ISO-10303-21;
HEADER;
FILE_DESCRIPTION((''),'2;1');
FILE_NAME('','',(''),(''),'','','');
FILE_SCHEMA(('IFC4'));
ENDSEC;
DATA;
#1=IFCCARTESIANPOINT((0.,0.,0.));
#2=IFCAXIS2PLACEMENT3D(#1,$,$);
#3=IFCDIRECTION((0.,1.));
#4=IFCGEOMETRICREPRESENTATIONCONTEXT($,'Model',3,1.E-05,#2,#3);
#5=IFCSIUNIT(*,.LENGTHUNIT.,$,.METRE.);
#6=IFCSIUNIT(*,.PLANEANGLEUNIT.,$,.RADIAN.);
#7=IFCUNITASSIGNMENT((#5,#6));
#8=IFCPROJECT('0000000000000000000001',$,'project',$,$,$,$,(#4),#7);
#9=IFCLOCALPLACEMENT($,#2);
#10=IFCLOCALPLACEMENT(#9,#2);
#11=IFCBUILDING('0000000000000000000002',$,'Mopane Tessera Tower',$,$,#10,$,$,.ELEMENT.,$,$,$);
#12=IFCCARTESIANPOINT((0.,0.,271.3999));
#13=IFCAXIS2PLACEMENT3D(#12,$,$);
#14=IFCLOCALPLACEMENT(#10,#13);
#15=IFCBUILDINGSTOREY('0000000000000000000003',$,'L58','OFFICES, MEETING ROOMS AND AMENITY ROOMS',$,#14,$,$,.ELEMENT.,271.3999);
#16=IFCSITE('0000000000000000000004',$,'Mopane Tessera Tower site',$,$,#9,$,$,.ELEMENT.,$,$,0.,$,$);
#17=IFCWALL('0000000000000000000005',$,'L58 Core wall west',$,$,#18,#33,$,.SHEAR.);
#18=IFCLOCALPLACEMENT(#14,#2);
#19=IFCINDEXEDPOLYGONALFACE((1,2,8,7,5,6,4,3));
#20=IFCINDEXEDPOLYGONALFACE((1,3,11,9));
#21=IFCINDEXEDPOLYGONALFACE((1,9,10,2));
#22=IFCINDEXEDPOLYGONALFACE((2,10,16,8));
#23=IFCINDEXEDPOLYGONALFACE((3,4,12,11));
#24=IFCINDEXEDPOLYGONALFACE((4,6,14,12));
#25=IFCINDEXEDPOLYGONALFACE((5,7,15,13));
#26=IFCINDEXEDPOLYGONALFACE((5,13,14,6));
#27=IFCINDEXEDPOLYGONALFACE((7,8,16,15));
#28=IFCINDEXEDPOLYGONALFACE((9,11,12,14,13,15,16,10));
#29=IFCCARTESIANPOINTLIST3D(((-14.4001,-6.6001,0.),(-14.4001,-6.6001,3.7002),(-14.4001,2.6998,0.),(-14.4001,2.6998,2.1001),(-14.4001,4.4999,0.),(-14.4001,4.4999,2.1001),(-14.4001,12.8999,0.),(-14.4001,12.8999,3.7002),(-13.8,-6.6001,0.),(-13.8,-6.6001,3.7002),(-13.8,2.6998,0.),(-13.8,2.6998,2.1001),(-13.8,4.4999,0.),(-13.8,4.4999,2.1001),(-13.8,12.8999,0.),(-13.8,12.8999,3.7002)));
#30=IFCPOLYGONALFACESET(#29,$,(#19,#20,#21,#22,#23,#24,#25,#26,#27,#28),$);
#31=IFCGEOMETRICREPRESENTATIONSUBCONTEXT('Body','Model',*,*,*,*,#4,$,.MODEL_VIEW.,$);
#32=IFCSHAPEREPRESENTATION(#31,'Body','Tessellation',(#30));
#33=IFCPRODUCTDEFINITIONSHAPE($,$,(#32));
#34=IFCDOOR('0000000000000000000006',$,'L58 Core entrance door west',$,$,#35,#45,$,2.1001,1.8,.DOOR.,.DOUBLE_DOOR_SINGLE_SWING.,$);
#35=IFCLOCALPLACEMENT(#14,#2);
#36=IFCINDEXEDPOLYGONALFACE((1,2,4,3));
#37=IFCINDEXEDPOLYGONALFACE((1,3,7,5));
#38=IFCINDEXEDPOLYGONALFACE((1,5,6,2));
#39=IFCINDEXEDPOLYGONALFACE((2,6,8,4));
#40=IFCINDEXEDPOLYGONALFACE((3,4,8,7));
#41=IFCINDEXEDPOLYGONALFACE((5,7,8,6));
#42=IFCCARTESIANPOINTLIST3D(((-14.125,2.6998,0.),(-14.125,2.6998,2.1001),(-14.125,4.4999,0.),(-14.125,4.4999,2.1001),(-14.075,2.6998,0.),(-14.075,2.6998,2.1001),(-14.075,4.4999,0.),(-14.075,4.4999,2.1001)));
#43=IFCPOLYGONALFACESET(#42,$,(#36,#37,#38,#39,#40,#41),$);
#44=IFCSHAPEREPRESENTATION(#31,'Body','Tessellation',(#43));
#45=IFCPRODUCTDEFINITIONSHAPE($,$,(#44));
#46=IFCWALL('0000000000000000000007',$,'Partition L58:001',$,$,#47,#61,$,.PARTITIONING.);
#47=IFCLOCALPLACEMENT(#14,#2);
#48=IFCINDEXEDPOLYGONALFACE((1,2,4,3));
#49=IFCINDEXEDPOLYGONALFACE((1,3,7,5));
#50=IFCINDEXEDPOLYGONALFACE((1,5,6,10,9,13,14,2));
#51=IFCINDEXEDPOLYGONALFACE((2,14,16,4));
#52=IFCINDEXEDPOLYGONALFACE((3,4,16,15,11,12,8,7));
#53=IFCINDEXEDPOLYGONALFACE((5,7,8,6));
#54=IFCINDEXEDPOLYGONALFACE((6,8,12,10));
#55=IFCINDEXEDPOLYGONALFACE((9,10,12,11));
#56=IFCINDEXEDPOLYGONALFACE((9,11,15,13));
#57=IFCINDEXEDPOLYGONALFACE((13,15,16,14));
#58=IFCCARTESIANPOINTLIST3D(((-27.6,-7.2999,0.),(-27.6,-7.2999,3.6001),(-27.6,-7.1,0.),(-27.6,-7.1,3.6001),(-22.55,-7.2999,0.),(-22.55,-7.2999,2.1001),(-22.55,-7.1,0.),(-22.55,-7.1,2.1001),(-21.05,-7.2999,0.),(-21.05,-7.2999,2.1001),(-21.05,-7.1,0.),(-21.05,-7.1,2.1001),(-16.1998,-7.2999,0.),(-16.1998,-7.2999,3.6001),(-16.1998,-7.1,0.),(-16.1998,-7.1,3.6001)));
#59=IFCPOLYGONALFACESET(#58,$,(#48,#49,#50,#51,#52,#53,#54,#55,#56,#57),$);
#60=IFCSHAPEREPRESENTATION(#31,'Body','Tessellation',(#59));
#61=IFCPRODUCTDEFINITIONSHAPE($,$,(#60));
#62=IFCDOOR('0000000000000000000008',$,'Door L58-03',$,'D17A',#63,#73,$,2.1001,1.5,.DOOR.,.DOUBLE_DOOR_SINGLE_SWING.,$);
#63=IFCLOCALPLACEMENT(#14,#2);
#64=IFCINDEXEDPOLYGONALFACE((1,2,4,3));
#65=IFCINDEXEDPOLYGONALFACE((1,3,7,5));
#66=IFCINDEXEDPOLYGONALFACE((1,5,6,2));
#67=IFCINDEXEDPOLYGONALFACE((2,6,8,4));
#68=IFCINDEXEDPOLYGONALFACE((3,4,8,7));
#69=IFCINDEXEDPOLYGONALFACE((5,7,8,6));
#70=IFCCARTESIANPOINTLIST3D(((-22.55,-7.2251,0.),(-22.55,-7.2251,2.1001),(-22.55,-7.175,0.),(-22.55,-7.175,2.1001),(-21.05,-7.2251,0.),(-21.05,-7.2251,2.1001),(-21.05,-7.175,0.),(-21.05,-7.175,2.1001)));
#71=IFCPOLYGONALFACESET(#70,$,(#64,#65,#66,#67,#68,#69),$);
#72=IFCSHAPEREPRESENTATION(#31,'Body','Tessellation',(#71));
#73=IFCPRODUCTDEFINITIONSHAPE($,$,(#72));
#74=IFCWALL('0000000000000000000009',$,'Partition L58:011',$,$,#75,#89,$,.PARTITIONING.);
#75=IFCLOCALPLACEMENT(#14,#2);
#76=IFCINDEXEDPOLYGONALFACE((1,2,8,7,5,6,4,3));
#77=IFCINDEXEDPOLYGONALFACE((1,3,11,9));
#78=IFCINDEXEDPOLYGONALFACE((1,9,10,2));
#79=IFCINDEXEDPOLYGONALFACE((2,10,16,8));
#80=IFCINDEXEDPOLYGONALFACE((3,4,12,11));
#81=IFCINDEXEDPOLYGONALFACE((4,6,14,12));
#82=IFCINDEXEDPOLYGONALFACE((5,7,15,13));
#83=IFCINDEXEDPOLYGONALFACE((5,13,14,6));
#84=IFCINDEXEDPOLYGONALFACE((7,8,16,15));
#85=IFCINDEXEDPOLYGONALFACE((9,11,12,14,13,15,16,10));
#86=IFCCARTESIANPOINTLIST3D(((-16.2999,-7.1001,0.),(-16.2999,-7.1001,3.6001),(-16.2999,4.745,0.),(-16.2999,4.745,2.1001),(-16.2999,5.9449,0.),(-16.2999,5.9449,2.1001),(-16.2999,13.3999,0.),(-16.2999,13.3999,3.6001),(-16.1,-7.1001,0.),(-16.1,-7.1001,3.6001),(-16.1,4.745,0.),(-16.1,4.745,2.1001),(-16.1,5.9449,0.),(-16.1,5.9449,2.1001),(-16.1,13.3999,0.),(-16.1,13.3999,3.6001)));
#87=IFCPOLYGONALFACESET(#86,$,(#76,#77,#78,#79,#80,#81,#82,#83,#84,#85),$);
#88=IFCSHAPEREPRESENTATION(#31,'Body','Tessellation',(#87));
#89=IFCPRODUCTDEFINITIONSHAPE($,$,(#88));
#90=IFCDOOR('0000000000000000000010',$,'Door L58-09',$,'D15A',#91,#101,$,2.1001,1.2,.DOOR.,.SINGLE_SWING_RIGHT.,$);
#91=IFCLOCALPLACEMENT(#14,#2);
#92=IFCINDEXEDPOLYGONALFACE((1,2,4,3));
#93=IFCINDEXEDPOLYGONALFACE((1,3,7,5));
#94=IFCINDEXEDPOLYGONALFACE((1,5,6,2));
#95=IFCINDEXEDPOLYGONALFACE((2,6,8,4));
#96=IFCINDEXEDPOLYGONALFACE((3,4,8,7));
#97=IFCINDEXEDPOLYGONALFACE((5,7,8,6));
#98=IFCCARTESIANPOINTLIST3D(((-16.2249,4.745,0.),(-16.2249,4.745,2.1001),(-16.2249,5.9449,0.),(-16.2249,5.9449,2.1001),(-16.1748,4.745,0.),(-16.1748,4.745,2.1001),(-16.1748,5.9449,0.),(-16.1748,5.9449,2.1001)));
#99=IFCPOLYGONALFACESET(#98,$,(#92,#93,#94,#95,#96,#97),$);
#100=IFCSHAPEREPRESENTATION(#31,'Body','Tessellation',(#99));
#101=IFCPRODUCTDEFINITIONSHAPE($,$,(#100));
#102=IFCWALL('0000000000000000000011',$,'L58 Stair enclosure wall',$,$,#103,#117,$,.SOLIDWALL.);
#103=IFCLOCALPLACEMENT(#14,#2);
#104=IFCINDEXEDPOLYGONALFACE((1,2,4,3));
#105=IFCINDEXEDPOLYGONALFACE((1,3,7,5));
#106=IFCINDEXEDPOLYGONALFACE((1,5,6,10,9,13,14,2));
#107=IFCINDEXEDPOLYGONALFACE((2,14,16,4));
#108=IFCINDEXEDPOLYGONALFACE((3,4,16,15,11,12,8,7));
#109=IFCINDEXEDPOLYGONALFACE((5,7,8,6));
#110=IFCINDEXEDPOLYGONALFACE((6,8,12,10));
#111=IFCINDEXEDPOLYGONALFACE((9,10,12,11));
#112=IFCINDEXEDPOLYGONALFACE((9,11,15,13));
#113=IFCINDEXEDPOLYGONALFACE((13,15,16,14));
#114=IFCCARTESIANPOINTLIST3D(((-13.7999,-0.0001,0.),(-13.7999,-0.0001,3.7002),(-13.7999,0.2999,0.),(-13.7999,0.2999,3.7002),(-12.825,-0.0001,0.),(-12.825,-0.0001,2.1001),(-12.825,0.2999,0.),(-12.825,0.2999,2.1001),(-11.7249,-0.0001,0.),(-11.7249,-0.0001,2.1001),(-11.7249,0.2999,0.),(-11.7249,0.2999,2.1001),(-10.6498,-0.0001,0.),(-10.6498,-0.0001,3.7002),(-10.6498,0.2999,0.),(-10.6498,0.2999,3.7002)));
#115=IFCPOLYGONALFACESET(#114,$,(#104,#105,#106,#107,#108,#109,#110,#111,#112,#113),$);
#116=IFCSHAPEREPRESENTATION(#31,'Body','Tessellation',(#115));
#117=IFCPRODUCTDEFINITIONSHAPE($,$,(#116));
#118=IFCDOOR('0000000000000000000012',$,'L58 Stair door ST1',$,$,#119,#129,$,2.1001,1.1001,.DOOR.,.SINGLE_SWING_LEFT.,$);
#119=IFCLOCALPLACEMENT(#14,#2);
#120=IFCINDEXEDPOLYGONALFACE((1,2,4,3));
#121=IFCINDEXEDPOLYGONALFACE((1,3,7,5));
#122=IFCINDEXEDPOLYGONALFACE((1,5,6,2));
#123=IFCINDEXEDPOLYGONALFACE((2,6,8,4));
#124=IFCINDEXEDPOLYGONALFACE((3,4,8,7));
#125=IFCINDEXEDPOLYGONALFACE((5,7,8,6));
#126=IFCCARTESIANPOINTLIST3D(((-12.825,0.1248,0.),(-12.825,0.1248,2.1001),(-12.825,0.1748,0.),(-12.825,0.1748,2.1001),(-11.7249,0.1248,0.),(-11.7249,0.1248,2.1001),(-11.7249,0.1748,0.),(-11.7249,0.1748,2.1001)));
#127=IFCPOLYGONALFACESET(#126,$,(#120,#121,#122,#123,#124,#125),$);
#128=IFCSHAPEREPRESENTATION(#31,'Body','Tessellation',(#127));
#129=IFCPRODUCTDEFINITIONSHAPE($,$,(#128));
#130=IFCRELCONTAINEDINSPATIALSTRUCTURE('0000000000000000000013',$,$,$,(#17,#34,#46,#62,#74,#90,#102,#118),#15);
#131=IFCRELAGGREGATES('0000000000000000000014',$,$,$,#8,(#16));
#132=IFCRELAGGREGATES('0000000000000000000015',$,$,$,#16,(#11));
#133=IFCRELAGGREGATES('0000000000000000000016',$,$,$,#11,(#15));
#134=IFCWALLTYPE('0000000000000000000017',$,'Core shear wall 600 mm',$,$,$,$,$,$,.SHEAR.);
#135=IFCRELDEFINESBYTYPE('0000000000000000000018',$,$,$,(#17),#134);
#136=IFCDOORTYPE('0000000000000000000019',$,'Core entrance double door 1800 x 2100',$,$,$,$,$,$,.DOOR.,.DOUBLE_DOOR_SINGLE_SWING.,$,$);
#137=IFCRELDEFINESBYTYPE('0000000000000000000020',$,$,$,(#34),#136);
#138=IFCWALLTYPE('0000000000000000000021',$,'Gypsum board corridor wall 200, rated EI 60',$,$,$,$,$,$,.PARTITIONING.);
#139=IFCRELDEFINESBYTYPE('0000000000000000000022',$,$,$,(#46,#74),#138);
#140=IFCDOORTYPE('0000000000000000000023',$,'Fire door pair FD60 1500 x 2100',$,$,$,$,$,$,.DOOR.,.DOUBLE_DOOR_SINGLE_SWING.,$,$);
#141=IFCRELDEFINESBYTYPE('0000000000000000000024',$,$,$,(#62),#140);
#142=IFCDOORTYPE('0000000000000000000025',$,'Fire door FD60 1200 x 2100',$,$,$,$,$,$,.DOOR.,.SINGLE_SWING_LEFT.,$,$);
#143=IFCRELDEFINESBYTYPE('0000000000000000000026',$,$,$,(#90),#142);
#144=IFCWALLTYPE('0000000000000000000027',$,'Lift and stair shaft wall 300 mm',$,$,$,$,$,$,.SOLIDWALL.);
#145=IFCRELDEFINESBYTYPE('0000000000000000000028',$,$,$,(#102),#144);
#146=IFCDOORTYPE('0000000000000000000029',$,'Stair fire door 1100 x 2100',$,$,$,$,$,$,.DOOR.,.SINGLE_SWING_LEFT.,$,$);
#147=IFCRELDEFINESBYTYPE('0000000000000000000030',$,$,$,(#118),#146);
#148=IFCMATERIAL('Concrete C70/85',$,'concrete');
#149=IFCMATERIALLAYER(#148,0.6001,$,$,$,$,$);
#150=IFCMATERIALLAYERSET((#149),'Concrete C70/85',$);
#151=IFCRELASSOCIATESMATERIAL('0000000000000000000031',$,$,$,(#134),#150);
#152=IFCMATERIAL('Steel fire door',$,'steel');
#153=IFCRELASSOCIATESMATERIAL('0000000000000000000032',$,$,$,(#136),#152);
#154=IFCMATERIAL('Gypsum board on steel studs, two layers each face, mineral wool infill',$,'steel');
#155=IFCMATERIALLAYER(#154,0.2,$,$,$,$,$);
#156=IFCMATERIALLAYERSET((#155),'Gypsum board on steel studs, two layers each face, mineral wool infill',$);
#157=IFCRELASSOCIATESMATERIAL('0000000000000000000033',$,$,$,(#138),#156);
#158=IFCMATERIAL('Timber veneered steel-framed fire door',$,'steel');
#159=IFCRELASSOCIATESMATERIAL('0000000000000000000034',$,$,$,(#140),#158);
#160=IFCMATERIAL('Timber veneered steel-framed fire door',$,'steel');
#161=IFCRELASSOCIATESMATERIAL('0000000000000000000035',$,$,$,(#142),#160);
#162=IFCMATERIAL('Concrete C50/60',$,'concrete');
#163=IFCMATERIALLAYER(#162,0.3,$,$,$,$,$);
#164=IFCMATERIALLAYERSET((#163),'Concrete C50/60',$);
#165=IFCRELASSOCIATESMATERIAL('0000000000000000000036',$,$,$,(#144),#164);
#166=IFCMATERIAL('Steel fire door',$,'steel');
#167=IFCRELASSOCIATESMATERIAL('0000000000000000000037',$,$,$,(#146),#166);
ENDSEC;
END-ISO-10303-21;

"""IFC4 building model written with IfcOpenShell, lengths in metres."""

from ifc_helpers import new_model, si_unit, direction, frame, frame_2d, origin, place, context, subcontext, project, spatial, rectangle, extrude, material, layer, layer_set, type_object, element, fill, save


model = new_model("IFC4")

# Units and contexts
model_context = context("Model", 3, precision=1e-05, world=origin(), true_north=direction((0.0, 1.0)))
body_context = subcontext(model_context, "Body", "Model", "MODEL_VIEW")
ifc_project = project(units=[si_unit("LENGTHUNIT", "METRE"), si_unit("PLANEANGLEUNIT", "RADIAN")], contexts=[model_context])

# Site, building, storey
site_placement = place(None, origin())
site = spatial("IfcSite", under=ifc_project, at=site_placement, Name="Mopane Tessera Tower site", CompositionType="ELEMENT", RefElevation=0.0)
building_placement = place(site_placement, origin())
building = spatial("IfcBuilding", under=site, at=building_placement, Name="Mopane Tessera Tower", CompositionType="ELEMENT")
storey_placement = place(building_placement, frame((0.0, 0.0, 271.3999)))
storey = spatial("IfcBuildingStorey", under=building, at=storey_placement, Name="L58", Description="OFFICES, MEETING ROOMS AND AMENITY ROOMS", CompositionType="ELEMENT", Elevation=271.3999)

# Shared definitions
ifc_material_1 = material(Name="Concrete C70/85", Category="concrete")
ifc_layer_1 = layer(ifc_material_1, 0.6001)
ifc_layer_set_1 = layer_set([ifc_layer_1], Name="Concrete C70/85")
wall_type_1 = type_object("IfcWallType", Name="Core shear wall 600 mm", PredefinedType="SHEAR", material=ifc_layer_set_1)
ifc_material_2 = material(Name="Steel fire door", Category="steel")
door_type_1 = type_object("IfcDoorType", Name="Core entrance double door 1800 x 2100", OperationType="DOUBLE_DOOR_SINGLE_SWING", PredefinedType="DOOR", material=ifc_material_2)

# Walls, openings, doors
wall_1_placement = place(storey_placement, frame((-14.1001, -6.6001, 0.0), z_axis=(0.0, 0.0, 1.0), x_axis=(0.0, 1.0, 0.0)))
wall_1 = element("IfcWall", 1, at=wall_1_placement, inside=storey, type_object=wall_type_1, Name="L58 Core wall west", PredefinedType="SHEAR", context=body_context, shape_type="SweptSolid", body=[
    extrude(rectangle(XDim=19.5, YDim=0.6001, at=frame_2d((9.75, 0.0))), origin(), (0.0, 0.0, 1.0), 3.7002),
])
opening_1_placement = place(wall_1_placement, frame((9.3, 0.0, 0.0)))
opening_1 = element("IfcOpeningElement", 2, at=opening_1_placement, cuts=wall_1, PredefinedType="OPENING", context=body_context, shape_type="SweptSolid", body=[
    extrude(rectangle(XDim=1.8, YDim=2.1001, at=frame_2d((0.8999, 1.05))), frame((0.0, 0.312, 0.0), z_axis=(0.0, -1.0, 0.0), x_axis=(1.0, 0.0, 0.0)), (0.0, 0.0, 1.0), 0.624),
])
door_1_placement = place(opening_1_placement, origin())
door_1 = element("IfcDoor", 3, at=door_1_placement, inside=storey, type_object=door_type_1, Name="L58 Core entrance door west", OperationType="DOUBLE_DOOR_SINGLE_SWING", OverallHeight=2.1001, OverallWidth=1.8, PredefinedType="DOOR", context=body_context, shape_type="SweptSolid", body=[
    extrude(rectangle(XDim=1.8, YDim=2.1001, at=frame_2d((0.8999, 1.05))), frame((0.0, 0.0249, 0.0), z_axis=(0.0, -1.0, 0.0), x_axis=(1.0, 0.0, 0.0)), (0.0, 0.0, 1.0), 0.05),
])
fill(opening_1, door_1)
ifc_material_3 = material(Name="Gypsum board on steel studs, two layers each face, mineral wool infill", Category="steel")
ifc_layer_2 = layer(ifc_material_3, 0.2)
ifc_layer_set_2 = layer_set([ifc_layer_2], Name="Gypsum board on steel studs, two layers each face, mineral wool infill")
wall_type_2 = type_object("IfcWallType", Name="Gypsum board corridor wall 200, rated EI 60", PredefinedType="PARTITIONING", material=ifc_layer_set_2)
wall_2_placement = place(storey_placement, frame((-27.6001, -7.2, 0.0), z_axis=(0.0, 0.0, 1.0), x_axis=(1.0, 0.0, 0.0)))
wall_2 = element("IfcWall", 4, at=wall_2_placement, inside=storey, type_object=wall_type_2, Name="Partition L58:001", PredefinedType="PARTITIONING", context=body_context, shape_type="SweptSolid", body=[
    extrude(rectangle(XDim=11.4001, YDim=0.2, at=frame_2d((5.7002, 0.0))), origin(), (0.0, 0.0, 1.0), 3.6001),
])
opening_2_placement = place(wall_2_placement, frame((5.05, 0.0, 0.0)))
opening_2 = element("IfcOpeningElement", 5, at=opening_2_placement, cuts=wall_2, PredefinedType="OPENING", context=body_context, shape_type="SweptSolid", body=[
    extrude(rectangle(XDim=1.5, YDim=2.1001, at=frame_2d((0.75, 1.05))), frame((0.0, 0.1121, 0.0), z_axis=(0.0, -1.0, 0.0), x_axis=(1.0, 0.0, 0.0)), (0.0, 0.0, 1.0), 0.2239),
])
ifc_material_4 = material(Name="Timber veneered steel-framed fire door", Category="steel")
door_type_2 = type_object("IfcDoorType", Name="Fire door pair FD60 1500 x 2100", OperationType="DOUBLE_DOOR_SINGLE_SWING", PredefinedType="DOOR", material=ifc_material_4)
door_2_placement = place(opening_2_placement, origin())
door_2 = element("IfcDoor", 6, at=door_2_placement, inside=storey, type_object=door_type_2, Name="Door L58-03", ObjectType="D17A", OperationType="DOUBLE_DOOR_SINGLE_SWING", OverallHeight=2.1001, OverallWidth=1.5, PredefinedType="DOOR", context=body_context, shape_type="SweptSolid", body=[
    extrude(rectangle(XDim=1.5, YDim=2.1001, at=frame_2d((0.75, 1.05))), frame((0.0, 0.0249, 0.0), z_axis=(0.0, -1.0, 0.0), x_axis=(1.0, 0.0, 0.0)), (0.0, 0.0, 1.0), 0.05),
])
fill(opening_2, door_2)
wall_3_placement = place(storey_placement, frame((-16.2, -7.1001, 0.0), z_axis=(0.0, 0.0, 1.0), x_axis=(0.0, 1.0, 0.0)))
wall_3 = element("IfcWall", 7, at=wall_3_placement, inside=storey, type_object=wall_type_2, Name="Partition L58:011", PredefinedType="PARTITIONING", context=body_context, shape_type="SweptSolid", body=[
    extrude(rectangle(XDim=20.5, YDim=0.2, at=frame_2d((10.25, 0.0))), origin(), (0.0, 0.0, 1.0), 3.6001),
])
opening_3_placement = place(wall_3_placement, frame((11.845, 0.0, 0.0)))
opening_3 = element("IfcOpeningElement", 8, at=opening_3_placement, cuts=wall_3, PredefinedType="OPENING", context=body_context, shape_type="SweptSolid", body=[
    extrude(rectangle(XDim=1.2, YDim=2.1001, at=frame_2d((0.6001, 1.05))), frame((0.0, 0.1121, 0.0), z_axis=(0.0, -1.0, 0.0), x_axis=(1.0, 0.0, 0.0)), (0.0, 0.0, 1.0), 0.2239),
])
ifc_material_5 = material(Name="Timber veneered steel-framed fire door", Category="steel")
door_type_3 = type_object("IfcDoorType", Name="Fire door FD60 1200 x 2100", OperationType="SINGLE_SWING_LEFT", PredefinedType="DOOR", material=ifc_material_5)
door_3_placement = place(opening_3_placement, origin())
door_3 = element("IfcDoor", 9, at=door_3_placement, inside=storey, type_object=door_type_3, Name="Door L58-09", ObjectType="D15A", OperationType="SINGLE_SWING_RIGHT", OverallHeight=2.1001, OverallWidth=1.2, PredefinedType="DOOR", context=body_context, shape_type="SweptSolid", body=[
    extrude(rectangle(XDim=1.2, YDim=2.1001, at=frame_2d((0.6001, 1.05))), frame((0.0, 0.0249, 0.0), z_axis=(0.0, -1.0, 0.0), x_axis=(1.0, 0.0, 0.0)), (0.0, 0.0, 1.0), 0.05),
])
fill(opening_3, door_3)
ifc_material_6 = material(Name="Concrete C50/60", Category="concrete")
ifc_layer_3 = layer(ifc_material_6, 0.3)
ifc_layer_set_3 = layer_set([ifc_layer_3], Name="Concrete C50/60")
wall_type_3 = type_object("IfcWallType", Name="Lift and stair shaft wall 300 mm", PredefinedType="SOLIDWALL", material=ifc_layer_set_3)
wall_4_placement = place(storey_placement, frame((-13.8, 0.1499, 0.0), z_axis=(0.0, 0.0, 1.0), x_axis=(1.0, 0.0, 0.0)))
wall_4 = element("IfcWall", 10, at=wall_4_placement, inside=storey, type_object=wall_type_3, Name="L58 Stair enclosure wall", PredefinedType="SOLIDWALL", context=body_context, shape_type="SweptSolid", body=[
    extrude(rectangle(XDim=3.1501, YDim=0.3, at=frame_2d((1.5752, 0.0))), origin(), (0.0, 0.0, 1.0), 3.7002),
])
opening_4_placement = place(wall_4_placement, frame((0.9751, 0.0, 0.0)))
opening_4 = element("IfcOpeningElement", 11, at=opening_4_placement, cuts=wall_4, PredefinedType="OPENING", context=body_context, shape_type="SweptSolid", body=[
    extrude(rectangle(XDim=1.1001, YDim=2.1001, at=frame_2d((0.55, 1.05))), frame((0.0, 0.1621, 0.0), z_axis=(0.0, -1.0, 0.0), x_axis=(1.0, 0.0, 0.0)), (0.0, 0.0, 1.0), 0.324),
])
ifc_material_7 = material(Name="Steel fire door", Category="steel")
door_type_4 = type_object("IfcDoorType", Name="Stair fire door 1100 x 2100", OperationType="SINGLE_SWING_LEFT", PredefinedType="DOOR", material=ifc_material_7)
door_4_placement = place(opening_4_placement, origin())
door_4 = element("IfcDoor", 12, at=door_4_placement, inside=storey, type_object=door_type_4, Name="L58 Stair door ST1", OperationType="SINGLE_SWING_LEFT", OverallHeight=2.1001, OverallWidth=1.1001, PredefinedType="DOOR", context=body_context, shape_type="SweptSolid", body=[
    extrude(rectangle(XDim=1.1001, YDim=2.1001, at=frame_2d((0.55, 1.05))), frame((0.0, 0.0249, 0.0), z_axis=(0.0, -1.0, 0.0), x_axis=(1.0, 0.0, 0.0)), (0.0, 0.0, 1.0), 0.05),
])
fill(opening_4, door_4)

save(model, "model.ifc")
